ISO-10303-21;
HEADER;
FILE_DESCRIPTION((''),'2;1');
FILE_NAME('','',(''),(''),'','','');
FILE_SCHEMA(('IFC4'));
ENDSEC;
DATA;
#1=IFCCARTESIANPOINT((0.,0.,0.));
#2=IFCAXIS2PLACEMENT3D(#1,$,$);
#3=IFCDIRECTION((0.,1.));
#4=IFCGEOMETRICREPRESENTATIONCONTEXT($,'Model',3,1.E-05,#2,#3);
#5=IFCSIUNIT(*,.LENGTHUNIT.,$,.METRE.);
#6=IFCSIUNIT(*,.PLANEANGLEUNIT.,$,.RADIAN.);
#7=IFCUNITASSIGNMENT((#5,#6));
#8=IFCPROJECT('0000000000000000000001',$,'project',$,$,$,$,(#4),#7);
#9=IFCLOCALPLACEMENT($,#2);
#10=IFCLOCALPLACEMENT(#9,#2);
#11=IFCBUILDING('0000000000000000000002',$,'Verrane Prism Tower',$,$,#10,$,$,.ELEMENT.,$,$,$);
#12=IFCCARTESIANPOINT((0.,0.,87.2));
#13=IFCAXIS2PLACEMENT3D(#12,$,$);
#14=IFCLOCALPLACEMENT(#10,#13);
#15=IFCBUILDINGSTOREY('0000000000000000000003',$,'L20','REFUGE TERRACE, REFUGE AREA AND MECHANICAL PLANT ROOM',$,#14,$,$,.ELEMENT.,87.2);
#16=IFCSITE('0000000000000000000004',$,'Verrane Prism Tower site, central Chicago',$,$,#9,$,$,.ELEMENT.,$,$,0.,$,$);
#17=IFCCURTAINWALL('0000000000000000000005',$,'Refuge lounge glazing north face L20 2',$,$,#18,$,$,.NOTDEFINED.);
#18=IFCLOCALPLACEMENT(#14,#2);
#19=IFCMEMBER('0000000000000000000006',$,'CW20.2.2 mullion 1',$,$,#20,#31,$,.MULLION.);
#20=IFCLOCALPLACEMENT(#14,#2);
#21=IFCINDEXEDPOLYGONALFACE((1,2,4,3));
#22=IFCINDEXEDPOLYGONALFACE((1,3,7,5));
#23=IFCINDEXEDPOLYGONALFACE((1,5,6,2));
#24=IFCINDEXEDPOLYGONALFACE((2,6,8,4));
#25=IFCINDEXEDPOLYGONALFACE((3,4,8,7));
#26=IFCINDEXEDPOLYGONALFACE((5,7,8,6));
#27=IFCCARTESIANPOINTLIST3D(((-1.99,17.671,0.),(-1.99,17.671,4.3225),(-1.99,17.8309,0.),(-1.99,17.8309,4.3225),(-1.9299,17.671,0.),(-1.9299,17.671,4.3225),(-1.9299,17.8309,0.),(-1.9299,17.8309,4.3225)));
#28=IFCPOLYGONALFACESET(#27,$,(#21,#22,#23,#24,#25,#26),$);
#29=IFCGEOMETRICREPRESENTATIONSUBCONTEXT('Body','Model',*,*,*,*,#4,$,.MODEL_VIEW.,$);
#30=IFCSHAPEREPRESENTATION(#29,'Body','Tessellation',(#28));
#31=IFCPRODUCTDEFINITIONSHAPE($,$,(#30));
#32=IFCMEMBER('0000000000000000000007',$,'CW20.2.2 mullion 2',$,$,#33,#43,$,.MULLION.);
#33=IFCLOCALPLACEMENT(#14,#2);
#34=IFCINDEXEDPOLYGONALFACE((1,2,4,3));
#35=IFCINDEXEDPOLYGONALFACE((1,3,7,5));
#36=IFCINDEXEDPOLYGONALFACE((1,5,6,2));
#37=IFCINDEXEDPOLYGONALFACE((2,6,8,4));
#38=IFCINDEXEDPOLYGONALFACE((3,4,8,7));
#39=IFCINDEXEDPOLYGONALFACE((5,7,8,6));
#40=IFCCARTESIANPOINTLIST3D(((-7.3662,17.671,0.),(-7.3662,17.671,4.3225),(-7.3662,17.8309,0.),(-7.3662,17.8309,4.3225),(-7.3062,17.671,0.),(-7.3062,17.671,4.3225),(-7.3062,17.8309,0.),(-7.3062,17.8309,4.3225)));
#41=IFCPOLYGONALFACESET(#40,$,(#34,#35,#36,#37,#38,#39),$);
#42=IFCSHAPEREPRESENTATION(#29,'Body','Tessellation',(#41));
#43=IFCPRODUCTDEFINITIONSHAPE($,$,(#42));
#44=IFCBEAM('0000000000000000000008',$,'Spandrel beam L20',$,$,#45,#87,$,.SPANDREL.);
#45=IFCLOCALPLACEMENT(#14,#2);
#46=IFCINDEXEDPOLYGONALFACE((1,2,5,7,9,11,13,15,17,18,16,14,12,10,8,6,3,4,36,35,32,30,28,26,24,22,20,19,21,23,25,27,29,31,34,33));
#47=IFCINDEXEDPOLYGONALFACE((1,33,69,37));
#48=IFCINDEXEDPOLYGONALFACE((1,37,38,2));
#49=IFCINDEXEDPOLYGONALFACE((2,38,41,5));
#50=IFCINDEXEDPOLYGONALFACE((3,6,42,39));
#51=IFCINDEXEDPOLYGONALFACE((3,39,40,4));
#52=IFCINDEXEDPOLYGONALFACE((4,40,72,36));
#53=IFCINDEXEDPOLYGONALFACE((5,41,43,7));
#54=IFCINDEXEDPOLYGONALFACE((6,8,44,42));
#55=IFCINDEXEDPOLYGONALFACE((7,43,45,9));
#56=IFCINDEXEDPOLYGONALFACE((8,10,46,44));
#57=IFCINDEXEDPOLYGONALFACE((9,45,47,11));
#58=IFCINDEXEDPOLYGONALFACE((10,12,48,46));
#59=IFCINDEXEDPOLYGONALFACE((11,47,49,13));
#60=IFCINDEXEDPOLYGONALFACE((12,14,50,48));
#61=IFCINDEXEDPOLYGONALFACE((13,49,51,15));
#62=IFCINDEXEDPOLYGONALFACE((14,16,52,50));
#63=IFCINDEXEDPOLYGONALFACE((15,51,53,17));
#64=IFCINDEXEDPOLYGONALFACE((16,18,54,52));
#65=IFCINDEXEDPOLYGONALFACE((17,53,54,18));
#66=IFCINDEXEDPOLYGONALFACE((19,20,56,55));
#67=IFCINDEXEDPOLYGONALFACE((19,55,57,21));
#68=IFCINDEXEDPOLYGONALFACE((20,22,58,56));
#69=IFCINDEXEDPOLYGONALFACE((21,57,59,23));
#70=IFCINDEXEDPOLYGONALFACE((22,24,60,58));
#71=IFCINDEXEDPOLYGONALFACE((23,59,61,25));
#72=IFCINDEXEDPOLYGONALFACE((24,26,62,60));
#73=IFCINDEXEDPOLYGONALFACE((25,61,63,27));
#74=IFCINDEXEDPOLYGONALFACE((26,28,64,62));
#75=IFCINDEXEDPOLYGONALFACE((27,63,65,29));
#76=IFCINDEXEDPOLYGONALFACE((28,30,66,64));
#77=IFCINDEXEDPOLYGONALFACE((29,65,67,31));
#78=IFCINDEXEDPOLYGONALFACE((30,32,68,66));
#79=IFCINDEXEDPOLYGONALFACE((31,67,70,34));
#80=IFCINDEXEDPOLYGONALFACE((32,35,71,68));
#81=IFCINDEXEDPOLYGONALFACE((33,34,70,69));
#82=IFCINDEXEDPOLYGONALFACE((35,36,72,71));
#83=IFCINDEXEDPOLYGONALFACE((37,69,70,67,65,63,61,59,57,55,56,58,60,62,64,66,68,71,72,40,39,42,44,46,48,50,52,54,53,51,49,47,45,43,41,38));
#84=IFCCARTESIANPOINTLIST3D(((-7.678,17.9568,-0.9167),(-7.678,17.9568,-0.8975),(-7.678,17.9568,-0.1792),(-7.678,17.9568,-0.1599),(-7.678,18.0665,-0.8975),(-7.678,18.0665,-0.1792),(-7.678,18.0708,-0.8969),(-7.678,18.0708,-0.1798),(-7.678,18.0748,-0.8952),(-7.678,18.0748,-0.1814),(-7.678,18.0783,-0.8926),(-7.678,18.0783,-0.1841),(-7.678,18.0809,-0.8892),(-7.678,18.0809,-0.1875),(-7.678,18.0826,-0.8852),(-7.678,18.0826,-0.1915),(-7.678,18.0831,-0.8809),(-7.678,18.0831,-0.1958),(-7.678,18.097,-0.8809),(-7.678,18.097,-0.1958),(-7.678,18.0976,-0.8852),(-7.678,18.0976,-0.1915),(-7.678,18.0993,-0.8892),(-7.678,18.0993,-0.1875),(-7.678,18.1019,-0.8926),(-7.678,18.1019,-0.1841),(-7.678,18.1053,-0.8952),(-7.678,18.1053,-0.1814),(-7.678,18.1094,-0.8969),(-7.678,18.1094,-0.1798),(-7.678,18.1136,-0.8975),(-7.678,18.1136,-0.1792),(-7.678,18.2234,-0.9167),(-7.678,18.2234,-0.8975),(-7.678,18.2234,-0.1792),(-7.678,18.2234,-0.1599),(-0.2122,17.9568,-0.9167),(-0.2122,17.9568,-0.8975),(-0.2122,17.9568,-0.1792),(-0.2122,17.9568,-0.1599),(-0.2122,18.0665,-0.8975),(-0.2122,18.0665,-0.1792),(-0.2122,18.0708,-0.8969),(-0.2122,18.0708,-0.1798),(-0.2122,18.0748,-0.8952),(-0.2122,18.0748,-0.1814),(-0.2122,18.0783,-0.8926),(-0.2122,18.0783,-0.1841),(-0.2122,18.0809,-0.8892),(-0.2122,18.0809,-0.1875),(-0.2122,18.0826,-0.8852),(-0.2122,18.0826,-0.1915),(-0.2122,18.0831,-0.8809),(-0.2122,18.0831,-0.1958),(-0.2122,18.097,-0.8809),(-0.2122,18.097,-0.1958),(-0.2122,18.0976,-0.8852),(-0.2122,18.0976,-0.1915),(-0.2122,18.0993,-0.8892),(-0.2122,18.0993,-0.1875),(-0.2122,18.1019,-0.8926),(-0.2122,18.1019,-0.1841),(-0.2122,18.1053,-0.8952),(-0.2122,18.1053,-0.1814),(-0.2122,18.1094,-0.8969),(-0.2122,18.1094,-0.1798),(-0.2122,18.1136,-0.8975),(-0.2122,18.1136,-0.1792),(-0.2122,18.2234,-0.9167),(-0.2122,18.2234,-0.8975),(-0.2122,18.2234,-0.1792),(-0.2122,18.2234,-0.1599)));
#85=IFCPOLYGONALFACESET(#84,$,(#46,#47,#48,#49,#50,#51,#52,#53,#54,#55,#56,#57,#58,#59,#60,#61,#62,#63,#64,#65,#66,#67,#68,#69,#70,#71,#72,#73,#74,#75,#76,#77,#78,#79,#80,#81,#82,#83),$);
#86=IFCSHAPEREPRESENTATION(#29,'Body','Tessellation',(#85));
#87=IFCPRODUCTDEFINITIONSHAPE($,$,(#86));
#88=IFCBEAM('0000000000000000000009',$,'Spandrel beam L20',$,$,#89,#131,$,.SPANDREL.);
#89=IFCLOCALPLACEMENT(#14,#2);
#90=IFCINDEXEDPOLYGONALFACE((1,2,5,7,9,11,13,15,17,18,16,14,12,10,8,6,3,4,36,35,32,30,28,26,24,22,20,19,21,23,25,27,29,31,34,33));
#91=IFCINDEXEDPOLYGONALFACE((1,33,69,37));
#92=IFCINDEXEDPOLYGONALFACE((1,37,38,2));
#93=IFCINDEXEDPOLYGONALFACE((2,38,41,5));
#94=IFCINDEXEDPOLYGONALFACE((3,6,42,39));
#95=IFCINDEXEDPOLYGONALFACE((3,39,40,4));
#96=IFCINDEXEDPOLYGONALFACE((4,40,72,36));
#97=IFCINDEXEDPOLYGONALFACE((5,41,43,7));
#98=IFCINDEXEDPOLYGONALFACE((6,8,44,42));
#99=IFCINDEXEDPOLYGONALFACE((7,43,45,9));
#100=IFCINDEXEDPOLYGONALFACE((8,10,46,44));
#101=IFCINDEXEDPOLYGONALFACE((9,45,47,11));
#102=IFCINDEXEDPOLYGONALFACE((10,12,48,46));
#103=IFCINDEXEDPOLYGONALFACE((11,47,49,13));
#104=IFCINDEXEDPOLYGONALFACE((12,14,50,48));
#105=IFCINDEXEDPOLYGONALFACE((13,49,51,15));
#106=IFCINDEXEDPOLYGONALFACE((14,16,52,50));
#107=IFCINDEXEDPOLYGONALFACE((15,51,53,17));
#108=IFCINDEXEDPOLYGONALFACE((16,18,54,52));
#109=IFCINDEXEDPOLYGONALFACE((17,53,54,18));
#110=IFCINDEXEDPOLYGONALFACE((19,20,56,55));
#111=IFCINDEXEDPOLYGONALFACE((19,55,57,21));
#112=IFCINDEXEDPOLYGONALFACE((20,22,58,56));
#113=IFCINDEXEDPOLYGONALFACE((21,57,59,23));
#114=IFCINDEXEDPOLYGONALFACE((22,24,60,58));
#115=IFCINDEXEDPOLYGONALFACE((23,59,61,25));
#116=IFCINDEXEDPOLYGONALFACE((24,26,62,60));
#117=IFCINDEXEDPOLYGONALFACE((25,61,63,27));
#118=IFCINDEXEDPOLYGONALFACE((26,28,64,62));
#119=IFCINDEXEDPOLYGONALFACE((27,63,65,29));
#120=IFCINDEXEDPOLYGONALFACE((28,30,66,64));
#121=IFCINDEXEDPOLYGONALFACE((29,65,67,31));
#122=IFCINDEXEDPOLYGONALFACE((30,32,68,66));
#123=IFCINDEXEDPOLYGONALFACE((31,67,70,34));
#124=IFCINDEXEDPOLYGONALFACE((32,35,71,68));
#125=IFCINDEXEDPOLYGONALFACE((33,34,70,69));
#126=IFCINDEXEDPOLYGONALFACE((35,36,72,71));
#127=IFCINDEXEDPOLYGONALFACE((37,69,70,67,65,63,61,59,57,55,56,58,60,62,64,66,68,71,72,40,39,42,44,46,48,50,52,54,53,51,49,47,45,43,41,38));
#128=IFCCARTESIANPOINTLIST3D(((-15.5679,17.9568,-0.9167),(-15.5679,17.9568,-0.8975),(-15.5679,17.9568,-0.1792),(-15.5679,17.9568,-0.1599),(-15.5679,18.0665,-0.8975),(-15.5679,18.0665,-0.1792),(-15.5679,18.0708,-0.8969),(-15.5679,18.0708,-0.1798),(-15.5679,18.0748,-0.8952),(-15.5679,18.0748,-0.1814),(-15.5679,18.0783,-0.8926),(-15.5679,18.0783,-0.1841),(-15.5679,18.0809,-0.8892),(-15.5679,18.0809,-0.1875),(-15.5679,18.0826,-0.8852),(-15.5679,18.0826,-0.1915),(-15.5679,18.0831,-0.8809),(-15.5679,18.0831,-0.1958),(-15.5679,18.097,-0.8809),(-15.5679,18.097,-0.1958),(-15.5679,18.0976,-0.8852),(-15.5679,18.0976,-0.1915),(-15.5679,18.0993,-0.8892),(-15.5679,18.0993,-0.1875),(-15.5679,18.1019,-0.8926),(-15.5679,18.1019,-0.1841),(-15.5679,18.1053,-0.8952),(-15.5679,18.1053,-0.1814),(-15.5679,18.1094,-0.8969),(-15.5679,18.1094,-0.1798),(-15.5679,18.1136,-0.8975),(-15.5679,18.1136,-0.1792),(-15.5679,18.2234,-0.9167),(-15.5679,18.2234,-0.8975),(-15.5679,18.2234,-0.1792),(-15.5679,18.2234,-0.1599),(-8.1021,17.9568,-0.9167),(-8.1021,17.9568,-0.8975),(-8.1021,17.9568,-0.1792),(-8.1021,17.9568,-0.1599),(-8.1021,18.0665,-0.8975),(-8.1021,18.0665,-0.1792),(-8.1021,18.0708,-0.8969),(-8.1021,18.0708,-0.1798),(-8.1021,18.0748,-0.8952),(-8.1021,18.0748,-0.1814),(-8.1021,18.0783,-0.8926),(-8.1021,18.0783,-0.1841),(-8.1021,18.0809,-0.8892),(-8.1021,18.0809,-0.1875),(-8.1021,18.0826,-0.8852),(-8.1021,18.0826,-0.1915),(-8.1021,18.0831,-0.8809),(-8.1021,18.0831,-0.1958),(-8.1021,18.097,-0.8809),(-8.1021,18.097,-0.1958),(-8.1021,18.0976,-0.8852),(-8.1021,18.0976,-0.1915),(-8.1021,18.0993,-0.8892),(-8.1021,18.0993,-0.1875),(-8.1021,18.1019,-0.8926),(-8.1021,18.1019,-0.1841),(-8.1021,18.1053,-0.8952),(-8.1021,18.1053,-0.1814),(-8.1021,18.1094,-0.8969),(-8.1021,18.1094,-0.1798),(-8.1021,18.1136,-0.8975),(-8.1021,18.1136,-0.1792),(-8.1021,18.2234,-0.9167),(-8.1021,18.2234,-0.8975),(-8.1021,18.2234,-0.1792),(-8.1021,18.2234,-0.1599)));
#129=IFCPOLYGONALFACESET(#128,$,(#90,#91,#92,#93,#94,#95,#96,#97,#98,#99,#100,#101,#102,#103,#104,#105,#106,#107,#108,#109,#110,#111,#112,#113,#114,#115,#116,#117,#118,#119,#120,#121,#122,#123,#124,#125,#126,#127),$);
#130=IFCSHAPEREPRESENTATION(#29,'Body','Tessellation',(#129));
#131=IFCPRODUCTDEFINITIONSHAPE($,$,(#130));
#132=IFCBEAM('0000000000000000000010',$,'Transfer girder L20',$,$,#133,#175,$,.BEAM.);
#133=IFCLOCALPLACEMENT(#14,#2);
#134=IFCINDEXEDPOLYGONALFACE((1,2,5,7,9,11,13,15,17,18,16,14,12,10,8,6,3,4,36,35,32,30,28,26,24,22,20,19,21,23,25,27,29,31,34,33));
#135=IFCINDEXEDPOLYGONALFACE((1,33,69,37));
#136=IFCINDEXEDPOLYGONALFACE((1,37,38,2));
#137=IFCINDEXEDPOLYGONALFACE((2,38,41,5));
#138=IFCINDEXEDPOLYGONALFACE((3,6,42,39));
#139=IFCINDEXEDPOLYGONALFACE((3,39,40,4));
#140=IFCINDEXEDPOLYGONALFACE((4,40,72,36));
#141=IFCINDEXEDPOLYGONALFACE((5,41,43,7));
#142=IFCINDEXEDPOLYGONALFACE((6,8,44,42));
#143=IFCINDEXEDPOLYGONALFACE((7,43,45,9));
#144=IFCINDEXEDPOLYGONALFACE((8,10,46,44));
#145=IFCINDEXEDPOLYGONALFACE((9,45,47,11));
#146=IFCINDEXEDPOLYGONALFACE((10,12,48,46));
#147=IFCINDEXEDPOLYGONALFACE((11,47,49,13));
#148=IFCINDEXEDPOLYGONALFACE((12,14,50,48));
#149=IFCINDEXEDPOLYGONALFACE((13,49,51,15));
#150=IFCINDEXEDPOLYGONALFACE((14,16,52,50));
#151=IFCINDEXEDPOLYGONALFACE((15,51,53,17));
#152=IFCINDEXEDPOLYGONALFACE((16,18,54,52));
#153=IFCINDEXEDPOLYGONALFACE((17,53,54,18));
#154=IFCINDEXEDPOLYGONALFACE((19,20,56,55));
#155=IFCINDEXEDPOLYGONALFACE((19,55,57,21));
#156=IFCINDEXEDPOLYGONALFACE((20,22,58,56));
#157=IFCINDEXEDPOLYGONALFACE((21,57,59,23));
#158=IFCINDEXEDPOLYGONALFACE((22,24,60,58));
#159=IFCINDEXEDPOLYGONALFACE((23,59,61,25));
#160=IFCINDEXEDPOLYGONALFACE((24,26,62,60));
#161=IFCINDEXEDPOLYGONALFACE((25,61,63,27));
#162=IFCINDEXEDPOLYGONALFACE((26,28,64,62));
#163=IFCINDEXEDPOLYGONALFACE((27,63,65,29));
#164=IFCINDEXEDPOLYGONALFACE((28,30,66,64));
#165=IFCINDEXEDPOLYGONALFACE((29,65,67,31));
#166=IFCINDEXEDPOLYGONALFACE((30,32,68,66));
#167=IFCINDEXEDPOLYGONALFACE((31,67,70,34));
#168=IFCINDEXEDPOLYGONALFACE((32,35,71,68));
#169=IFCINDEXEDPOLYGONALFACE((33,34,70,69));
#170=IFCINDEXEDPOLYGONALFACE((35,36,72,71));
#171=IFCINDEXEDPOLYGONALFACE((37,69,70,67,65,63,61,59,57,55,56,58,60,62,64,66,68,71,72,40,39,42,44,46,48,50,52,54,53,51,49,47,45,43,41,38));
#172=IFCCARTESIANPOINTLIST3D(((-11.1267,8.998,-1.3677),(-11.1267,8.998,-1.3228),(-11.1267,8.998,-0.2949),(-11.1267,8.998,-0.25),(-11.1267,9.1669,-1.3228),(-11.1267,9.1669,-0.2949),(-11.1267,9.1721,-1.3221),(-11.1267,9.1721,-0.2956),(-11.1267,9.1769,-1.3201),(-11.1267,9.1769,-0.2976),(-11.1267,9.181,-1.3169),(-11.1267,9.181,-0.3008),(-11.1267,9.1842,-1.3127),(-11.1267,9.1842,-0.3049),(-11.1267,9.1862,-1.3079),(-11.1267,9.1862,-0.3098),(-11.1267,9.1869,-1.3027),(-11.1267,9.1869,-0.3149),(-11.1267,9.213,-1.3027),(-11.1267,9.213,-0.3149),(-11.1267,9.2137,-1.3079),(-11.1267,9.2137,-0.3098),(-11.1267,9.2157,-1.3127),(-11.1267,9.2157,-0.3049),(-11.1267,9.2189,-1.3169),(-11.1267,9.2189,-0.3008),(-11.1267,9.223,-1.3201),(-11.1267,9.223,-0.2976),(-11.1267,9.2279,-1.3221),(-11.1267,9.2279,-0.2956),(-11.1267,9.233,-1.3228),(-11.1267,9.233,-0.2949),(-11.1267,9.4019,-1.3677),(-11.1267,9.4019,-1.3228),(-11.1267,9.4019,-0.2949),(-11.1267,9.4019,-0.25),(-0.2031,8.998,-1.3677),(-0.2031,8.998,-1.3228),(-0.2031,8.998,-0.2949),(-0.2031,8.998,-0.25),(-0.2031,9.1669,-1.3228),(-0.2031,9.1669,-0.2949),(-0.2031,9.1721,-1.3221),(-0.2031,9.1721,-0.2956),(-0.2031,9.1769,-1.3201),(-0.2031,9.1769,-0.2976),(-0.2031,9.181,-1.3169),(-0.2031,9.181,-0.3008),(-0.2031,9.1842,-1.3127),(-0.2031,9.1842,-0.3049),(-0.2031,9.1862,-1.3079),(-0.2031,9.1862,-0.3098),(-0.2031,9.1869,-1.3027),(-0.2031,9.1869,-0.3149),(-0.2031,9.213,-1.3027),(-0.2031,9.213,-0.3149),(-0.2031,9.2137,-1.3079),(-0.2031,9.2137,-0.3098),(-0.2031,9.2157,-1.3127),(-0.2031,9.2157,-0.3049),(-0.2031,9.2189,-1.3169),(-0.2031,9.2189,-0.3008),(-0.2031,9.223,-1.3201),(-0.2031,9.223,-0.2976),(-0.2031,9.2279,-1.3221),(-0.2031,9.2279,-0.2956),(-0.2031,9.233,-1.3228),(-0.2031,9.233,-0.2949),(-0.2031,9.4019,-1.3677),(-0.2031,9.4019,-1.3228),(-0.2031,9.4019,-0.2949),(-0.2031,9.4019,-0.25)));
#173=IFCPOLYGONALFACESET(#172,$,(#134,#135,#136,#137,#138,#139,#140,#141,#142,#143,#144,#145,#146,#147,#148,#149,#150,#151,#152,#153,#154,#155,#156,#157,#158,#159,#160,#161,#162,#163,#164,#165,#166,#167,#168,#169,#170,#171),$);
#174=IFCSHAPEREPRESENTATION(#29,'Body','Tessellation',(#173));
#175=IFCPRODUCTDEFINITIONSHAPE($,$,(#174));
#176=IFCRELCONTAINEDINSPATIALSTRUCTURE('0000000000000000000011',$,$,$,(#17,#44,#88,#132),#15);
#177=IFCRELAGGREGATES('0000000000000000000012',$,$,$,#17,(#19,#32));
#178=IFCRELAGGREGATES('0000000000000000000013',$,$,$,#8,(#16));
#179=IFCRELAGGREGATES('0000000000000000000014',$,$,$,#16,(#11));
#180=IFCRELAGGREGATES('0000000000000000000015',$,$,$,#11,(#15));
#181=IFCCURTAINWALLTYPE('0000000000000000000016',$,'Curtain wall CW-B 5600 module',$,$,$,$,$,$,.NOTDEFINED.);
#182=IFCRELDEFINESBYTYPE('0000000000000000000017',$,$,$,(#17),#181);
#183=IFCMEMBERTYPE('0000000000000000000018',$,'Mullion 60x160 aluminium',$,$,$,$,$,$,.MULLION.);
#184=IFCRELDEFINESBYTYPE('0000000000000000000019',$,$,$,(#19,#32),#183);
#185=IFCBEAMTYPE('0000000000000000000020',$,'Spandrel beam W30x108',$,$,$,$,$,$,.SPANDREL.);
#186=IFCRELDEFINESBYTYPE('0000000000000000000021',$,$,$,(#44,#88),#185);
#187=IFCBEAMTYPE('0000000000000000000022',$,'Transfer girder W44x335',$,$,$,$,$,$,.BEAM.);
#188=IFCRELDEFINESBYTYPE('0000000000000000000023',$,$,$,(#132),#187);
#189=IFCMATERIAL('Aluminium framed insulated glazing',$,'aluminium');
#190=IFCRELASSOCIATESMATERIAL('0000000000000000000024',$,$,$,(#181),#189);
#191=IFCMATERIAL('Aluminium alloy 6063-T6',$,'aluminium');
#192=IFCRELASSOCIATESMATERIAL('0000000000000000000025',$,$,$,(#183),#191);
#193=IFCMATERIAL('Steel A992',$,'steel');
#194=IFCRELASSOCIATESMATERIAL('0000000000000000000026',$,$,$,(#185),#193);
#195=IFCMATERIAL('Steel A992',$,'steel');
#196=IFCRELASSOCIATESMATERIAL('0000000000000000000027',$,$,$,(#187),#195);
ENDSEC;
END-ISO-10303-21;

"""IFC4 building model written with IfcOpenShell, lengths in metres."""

from ifc_helpers import new_model, si_unit, direction, frame, origin, origin_2d, place, context, subcontext, project, spatial, rectangle, i_section, extrude, material, material_profile, profile_set, type_object, element, aggregate, save


model = new_model("IFC4")

# Units and contexts
model_context = context("Model", 3, precision=1e-05, world=origin(), true_north=direction((0.0, 1.0)))
body_context = subcontext(model_context, "Body", "Model", "MODEL_VIEW")
ifc_project = project(units=[si_unit("LENGTHUNIT", "METRE"), si_unit("PLANEANGLEUNIT", "RADIAN")], contexts=[model_context])

# Site, building, storey
site_placement = place(None, origin())
site = spatial("IfcSite", under=ifc_project, at=site_placement, Name="Verrane Prism Tower site, central Chicago", CompositionType="ELEMENT", RefElevation=0.0)
building_placement = place(site_placement, origin())
building = spatial("IfcBuilding", under=site, at=building_placement, Name="Verrane Prism Tower", CompositionType="ELEMENT")
storey_placement = place(building_placement, frame((0.0, 0.0, 87.2)))
storey = spatial("IfcBuildingStorey", under=building, at=storey_placement, Name="L20", Description="REFUGE TERRACE, REFUGE AREA AND MECHANICAL PLANT ROOM", CompositionType="ELEMENT", Elevation=87.2)

# Curtain wall, members
ifc_material_1 = material(Name="Aluminium framed insulated glazing", Category="aluminium")
curtain_wall_type = type_object("IfcCurtainWallType", Name="Curtain wall CW-B 5600 module", PredefinedType="NOTDEFINED", material=ifc_material_1)
curtain_wall_placement = place(storey_placement, origin())
curtain_wall = element("IfcCurtainWall", 1, at=curtain_wall_placement, inside=storey, type_object=curtain_wall_type, Name="Refuge lounge glazing north face L20 2", PredefinedType="NOTDEFINED")
ifc_material_2 = material(Name="Aluminium alloy 6063-T6", Category="aluminium")
ifc_material_profile_1 = material_profile(ifc_material_2, rectangle(XDim=0.1599, YDim=0.0601, at=origin_2d()), Name="Mullion 60x160 aluminium")
ifc_profile_set_1 = profile_set([ifc_material_profile_1], Name="Aluminium alloy 6063-T6")
member_type_1 = type_object("IfcMemberType", Name="Mullion 60x160 aluminium", PredefinedType="MULLION", material=ifc_profile_set_1)
member_1_placement = place(storey_placement, frame((-1.96, 17.751, 0.0), z_axis=(0.0, 0.0, 1.0), x_axis=(0.0, -1.0, 0.0)))
member_1 = element("IfcMember", 2, at=member_1_placement, type_object=member_type_1, Name="CW20.2.2 mullion 1", PredefinedType="MULLION", context=body_context, shape_type="SweptSolid", body=[
    extrude(rectangle(XDim=0.1599, YDim=0.0601, at=origin_2d()), origin(), (0.0, 0.0, 1.0), 4.3225),
])
member_2_placement = place(storey_placement, frame((-7.3362, 17.751, 0.0), z_axis=(0.0, 0.0, 1.0), x_axis=(0.0, -1.0, 0.0)))
member_2 = element("IfcMember", 3, at=member_2_placement, type_object=member_type_1, Name="CW20.2.2 mullion 2", PredefinedType="MULLION", context=body_context, shape_type="SweptSolid", body=[
    extrude(rectangle(XDim=0.1599, YDim=0.0601, at=origin_2d()), origin(), (0.0, 0.0, 1.0), 4.3225),
])

# Beams
ifc_material_3 = material(Name="Steel A992", Category="steel")
ifc_material_profile_2 = material_profile(ifc_material_3, i_section(OverallWidth=0.2666, OverallDepth=0.7568, WebThickness=0.0139, FlangeThickness=0.0193, FilletRadius=0.0166, at=origin_2d()), Name="W30x108")
ifc_profile_set_2 = profile_set([ifc_material_profile_2], Name="Steel A992")
beam_type_1 = type_object("IfcBeamType", Name="Spandrel beam W30x108", PredefinedType="SPANDREL", material=ifc_profile_set_2)
for number, where, z_axis, x_axis, name in (
    (4, (-0.2122, 18.0901, -0.5383), (-1.0, 0.0, 0.0), (0.0, -1.0, 0.0), "Spandrel beam L20"),
    (5, (-8.1021, 18.0901, -0.5383), (-1.0, 0.0, 0.0), (0.0, -1.0, 0.0), "Spandrel beam L20"),
):
    element("IfcBeam", number, at=place(storey_placement, frame(where, z_axis=z_axis, x_axis=x_axis)), inside=storey, type_object=beam_type_1, Name=name, PredefinedType="SPANDREL", context=body_context, shape_type="SweptSolid", body=[
        extrude(i_section(OverallWidth=0.2666, OverallDepth=0.7568, WebThickness=0.0139, FlangeThickness=0.0193, FilletRadius=0.0166, at=origin_2d()), origin(), (0.0, 0.0, 1.0), 7.4658),
    ])
ifc_material_4 = material(Name="Steel A992", Category="steel")
ifc_material_profile_3 = material_profile(ifc_material_4, i_section(OverallWidth=0.4038, OverallDepth=1.1177, WebThickness=0.0261, FlangeThickness=0.0449, FilletRadius=0.02, at=origin_2d()), Name="W44x335")
ifc_profile_set_3 = profile_set([ifc_material_profile_3], Name="Steel A992")
beam_type_2 = type_object("IfcBeamType", Name="Transfer girder W44x335", PredefinedType="BEAM", material=ifc_profile_set_3)
beam_1_placement = place(storey_placement, frame((-0.2031, 9.2, -0.8088), z_axis=(-1.0, 0.0, 0.0), x_axis=(0.0, -1.0, 0.0)))
element("IfcBeam", 6, at=beam_1_placement, inside=storey, type_object=beam_type_2, Name="Transfer girder L20", PredefinedType="BEAM", context=body_context, shape_type="SweptSolid", body=[
    extrude(i_section(OverallWidth=0.4038, OverallDepth=1.1177, WebThickness=0.0261, FlangeThickness=0.0449, FilletRadius=0.02, at=origin_2d()), origin(), (0.0, 0.0, 1.0), 10.9236),
])

aggregate(curtain_wall, [member_1, member_2])

save(model, "model.ifc")
